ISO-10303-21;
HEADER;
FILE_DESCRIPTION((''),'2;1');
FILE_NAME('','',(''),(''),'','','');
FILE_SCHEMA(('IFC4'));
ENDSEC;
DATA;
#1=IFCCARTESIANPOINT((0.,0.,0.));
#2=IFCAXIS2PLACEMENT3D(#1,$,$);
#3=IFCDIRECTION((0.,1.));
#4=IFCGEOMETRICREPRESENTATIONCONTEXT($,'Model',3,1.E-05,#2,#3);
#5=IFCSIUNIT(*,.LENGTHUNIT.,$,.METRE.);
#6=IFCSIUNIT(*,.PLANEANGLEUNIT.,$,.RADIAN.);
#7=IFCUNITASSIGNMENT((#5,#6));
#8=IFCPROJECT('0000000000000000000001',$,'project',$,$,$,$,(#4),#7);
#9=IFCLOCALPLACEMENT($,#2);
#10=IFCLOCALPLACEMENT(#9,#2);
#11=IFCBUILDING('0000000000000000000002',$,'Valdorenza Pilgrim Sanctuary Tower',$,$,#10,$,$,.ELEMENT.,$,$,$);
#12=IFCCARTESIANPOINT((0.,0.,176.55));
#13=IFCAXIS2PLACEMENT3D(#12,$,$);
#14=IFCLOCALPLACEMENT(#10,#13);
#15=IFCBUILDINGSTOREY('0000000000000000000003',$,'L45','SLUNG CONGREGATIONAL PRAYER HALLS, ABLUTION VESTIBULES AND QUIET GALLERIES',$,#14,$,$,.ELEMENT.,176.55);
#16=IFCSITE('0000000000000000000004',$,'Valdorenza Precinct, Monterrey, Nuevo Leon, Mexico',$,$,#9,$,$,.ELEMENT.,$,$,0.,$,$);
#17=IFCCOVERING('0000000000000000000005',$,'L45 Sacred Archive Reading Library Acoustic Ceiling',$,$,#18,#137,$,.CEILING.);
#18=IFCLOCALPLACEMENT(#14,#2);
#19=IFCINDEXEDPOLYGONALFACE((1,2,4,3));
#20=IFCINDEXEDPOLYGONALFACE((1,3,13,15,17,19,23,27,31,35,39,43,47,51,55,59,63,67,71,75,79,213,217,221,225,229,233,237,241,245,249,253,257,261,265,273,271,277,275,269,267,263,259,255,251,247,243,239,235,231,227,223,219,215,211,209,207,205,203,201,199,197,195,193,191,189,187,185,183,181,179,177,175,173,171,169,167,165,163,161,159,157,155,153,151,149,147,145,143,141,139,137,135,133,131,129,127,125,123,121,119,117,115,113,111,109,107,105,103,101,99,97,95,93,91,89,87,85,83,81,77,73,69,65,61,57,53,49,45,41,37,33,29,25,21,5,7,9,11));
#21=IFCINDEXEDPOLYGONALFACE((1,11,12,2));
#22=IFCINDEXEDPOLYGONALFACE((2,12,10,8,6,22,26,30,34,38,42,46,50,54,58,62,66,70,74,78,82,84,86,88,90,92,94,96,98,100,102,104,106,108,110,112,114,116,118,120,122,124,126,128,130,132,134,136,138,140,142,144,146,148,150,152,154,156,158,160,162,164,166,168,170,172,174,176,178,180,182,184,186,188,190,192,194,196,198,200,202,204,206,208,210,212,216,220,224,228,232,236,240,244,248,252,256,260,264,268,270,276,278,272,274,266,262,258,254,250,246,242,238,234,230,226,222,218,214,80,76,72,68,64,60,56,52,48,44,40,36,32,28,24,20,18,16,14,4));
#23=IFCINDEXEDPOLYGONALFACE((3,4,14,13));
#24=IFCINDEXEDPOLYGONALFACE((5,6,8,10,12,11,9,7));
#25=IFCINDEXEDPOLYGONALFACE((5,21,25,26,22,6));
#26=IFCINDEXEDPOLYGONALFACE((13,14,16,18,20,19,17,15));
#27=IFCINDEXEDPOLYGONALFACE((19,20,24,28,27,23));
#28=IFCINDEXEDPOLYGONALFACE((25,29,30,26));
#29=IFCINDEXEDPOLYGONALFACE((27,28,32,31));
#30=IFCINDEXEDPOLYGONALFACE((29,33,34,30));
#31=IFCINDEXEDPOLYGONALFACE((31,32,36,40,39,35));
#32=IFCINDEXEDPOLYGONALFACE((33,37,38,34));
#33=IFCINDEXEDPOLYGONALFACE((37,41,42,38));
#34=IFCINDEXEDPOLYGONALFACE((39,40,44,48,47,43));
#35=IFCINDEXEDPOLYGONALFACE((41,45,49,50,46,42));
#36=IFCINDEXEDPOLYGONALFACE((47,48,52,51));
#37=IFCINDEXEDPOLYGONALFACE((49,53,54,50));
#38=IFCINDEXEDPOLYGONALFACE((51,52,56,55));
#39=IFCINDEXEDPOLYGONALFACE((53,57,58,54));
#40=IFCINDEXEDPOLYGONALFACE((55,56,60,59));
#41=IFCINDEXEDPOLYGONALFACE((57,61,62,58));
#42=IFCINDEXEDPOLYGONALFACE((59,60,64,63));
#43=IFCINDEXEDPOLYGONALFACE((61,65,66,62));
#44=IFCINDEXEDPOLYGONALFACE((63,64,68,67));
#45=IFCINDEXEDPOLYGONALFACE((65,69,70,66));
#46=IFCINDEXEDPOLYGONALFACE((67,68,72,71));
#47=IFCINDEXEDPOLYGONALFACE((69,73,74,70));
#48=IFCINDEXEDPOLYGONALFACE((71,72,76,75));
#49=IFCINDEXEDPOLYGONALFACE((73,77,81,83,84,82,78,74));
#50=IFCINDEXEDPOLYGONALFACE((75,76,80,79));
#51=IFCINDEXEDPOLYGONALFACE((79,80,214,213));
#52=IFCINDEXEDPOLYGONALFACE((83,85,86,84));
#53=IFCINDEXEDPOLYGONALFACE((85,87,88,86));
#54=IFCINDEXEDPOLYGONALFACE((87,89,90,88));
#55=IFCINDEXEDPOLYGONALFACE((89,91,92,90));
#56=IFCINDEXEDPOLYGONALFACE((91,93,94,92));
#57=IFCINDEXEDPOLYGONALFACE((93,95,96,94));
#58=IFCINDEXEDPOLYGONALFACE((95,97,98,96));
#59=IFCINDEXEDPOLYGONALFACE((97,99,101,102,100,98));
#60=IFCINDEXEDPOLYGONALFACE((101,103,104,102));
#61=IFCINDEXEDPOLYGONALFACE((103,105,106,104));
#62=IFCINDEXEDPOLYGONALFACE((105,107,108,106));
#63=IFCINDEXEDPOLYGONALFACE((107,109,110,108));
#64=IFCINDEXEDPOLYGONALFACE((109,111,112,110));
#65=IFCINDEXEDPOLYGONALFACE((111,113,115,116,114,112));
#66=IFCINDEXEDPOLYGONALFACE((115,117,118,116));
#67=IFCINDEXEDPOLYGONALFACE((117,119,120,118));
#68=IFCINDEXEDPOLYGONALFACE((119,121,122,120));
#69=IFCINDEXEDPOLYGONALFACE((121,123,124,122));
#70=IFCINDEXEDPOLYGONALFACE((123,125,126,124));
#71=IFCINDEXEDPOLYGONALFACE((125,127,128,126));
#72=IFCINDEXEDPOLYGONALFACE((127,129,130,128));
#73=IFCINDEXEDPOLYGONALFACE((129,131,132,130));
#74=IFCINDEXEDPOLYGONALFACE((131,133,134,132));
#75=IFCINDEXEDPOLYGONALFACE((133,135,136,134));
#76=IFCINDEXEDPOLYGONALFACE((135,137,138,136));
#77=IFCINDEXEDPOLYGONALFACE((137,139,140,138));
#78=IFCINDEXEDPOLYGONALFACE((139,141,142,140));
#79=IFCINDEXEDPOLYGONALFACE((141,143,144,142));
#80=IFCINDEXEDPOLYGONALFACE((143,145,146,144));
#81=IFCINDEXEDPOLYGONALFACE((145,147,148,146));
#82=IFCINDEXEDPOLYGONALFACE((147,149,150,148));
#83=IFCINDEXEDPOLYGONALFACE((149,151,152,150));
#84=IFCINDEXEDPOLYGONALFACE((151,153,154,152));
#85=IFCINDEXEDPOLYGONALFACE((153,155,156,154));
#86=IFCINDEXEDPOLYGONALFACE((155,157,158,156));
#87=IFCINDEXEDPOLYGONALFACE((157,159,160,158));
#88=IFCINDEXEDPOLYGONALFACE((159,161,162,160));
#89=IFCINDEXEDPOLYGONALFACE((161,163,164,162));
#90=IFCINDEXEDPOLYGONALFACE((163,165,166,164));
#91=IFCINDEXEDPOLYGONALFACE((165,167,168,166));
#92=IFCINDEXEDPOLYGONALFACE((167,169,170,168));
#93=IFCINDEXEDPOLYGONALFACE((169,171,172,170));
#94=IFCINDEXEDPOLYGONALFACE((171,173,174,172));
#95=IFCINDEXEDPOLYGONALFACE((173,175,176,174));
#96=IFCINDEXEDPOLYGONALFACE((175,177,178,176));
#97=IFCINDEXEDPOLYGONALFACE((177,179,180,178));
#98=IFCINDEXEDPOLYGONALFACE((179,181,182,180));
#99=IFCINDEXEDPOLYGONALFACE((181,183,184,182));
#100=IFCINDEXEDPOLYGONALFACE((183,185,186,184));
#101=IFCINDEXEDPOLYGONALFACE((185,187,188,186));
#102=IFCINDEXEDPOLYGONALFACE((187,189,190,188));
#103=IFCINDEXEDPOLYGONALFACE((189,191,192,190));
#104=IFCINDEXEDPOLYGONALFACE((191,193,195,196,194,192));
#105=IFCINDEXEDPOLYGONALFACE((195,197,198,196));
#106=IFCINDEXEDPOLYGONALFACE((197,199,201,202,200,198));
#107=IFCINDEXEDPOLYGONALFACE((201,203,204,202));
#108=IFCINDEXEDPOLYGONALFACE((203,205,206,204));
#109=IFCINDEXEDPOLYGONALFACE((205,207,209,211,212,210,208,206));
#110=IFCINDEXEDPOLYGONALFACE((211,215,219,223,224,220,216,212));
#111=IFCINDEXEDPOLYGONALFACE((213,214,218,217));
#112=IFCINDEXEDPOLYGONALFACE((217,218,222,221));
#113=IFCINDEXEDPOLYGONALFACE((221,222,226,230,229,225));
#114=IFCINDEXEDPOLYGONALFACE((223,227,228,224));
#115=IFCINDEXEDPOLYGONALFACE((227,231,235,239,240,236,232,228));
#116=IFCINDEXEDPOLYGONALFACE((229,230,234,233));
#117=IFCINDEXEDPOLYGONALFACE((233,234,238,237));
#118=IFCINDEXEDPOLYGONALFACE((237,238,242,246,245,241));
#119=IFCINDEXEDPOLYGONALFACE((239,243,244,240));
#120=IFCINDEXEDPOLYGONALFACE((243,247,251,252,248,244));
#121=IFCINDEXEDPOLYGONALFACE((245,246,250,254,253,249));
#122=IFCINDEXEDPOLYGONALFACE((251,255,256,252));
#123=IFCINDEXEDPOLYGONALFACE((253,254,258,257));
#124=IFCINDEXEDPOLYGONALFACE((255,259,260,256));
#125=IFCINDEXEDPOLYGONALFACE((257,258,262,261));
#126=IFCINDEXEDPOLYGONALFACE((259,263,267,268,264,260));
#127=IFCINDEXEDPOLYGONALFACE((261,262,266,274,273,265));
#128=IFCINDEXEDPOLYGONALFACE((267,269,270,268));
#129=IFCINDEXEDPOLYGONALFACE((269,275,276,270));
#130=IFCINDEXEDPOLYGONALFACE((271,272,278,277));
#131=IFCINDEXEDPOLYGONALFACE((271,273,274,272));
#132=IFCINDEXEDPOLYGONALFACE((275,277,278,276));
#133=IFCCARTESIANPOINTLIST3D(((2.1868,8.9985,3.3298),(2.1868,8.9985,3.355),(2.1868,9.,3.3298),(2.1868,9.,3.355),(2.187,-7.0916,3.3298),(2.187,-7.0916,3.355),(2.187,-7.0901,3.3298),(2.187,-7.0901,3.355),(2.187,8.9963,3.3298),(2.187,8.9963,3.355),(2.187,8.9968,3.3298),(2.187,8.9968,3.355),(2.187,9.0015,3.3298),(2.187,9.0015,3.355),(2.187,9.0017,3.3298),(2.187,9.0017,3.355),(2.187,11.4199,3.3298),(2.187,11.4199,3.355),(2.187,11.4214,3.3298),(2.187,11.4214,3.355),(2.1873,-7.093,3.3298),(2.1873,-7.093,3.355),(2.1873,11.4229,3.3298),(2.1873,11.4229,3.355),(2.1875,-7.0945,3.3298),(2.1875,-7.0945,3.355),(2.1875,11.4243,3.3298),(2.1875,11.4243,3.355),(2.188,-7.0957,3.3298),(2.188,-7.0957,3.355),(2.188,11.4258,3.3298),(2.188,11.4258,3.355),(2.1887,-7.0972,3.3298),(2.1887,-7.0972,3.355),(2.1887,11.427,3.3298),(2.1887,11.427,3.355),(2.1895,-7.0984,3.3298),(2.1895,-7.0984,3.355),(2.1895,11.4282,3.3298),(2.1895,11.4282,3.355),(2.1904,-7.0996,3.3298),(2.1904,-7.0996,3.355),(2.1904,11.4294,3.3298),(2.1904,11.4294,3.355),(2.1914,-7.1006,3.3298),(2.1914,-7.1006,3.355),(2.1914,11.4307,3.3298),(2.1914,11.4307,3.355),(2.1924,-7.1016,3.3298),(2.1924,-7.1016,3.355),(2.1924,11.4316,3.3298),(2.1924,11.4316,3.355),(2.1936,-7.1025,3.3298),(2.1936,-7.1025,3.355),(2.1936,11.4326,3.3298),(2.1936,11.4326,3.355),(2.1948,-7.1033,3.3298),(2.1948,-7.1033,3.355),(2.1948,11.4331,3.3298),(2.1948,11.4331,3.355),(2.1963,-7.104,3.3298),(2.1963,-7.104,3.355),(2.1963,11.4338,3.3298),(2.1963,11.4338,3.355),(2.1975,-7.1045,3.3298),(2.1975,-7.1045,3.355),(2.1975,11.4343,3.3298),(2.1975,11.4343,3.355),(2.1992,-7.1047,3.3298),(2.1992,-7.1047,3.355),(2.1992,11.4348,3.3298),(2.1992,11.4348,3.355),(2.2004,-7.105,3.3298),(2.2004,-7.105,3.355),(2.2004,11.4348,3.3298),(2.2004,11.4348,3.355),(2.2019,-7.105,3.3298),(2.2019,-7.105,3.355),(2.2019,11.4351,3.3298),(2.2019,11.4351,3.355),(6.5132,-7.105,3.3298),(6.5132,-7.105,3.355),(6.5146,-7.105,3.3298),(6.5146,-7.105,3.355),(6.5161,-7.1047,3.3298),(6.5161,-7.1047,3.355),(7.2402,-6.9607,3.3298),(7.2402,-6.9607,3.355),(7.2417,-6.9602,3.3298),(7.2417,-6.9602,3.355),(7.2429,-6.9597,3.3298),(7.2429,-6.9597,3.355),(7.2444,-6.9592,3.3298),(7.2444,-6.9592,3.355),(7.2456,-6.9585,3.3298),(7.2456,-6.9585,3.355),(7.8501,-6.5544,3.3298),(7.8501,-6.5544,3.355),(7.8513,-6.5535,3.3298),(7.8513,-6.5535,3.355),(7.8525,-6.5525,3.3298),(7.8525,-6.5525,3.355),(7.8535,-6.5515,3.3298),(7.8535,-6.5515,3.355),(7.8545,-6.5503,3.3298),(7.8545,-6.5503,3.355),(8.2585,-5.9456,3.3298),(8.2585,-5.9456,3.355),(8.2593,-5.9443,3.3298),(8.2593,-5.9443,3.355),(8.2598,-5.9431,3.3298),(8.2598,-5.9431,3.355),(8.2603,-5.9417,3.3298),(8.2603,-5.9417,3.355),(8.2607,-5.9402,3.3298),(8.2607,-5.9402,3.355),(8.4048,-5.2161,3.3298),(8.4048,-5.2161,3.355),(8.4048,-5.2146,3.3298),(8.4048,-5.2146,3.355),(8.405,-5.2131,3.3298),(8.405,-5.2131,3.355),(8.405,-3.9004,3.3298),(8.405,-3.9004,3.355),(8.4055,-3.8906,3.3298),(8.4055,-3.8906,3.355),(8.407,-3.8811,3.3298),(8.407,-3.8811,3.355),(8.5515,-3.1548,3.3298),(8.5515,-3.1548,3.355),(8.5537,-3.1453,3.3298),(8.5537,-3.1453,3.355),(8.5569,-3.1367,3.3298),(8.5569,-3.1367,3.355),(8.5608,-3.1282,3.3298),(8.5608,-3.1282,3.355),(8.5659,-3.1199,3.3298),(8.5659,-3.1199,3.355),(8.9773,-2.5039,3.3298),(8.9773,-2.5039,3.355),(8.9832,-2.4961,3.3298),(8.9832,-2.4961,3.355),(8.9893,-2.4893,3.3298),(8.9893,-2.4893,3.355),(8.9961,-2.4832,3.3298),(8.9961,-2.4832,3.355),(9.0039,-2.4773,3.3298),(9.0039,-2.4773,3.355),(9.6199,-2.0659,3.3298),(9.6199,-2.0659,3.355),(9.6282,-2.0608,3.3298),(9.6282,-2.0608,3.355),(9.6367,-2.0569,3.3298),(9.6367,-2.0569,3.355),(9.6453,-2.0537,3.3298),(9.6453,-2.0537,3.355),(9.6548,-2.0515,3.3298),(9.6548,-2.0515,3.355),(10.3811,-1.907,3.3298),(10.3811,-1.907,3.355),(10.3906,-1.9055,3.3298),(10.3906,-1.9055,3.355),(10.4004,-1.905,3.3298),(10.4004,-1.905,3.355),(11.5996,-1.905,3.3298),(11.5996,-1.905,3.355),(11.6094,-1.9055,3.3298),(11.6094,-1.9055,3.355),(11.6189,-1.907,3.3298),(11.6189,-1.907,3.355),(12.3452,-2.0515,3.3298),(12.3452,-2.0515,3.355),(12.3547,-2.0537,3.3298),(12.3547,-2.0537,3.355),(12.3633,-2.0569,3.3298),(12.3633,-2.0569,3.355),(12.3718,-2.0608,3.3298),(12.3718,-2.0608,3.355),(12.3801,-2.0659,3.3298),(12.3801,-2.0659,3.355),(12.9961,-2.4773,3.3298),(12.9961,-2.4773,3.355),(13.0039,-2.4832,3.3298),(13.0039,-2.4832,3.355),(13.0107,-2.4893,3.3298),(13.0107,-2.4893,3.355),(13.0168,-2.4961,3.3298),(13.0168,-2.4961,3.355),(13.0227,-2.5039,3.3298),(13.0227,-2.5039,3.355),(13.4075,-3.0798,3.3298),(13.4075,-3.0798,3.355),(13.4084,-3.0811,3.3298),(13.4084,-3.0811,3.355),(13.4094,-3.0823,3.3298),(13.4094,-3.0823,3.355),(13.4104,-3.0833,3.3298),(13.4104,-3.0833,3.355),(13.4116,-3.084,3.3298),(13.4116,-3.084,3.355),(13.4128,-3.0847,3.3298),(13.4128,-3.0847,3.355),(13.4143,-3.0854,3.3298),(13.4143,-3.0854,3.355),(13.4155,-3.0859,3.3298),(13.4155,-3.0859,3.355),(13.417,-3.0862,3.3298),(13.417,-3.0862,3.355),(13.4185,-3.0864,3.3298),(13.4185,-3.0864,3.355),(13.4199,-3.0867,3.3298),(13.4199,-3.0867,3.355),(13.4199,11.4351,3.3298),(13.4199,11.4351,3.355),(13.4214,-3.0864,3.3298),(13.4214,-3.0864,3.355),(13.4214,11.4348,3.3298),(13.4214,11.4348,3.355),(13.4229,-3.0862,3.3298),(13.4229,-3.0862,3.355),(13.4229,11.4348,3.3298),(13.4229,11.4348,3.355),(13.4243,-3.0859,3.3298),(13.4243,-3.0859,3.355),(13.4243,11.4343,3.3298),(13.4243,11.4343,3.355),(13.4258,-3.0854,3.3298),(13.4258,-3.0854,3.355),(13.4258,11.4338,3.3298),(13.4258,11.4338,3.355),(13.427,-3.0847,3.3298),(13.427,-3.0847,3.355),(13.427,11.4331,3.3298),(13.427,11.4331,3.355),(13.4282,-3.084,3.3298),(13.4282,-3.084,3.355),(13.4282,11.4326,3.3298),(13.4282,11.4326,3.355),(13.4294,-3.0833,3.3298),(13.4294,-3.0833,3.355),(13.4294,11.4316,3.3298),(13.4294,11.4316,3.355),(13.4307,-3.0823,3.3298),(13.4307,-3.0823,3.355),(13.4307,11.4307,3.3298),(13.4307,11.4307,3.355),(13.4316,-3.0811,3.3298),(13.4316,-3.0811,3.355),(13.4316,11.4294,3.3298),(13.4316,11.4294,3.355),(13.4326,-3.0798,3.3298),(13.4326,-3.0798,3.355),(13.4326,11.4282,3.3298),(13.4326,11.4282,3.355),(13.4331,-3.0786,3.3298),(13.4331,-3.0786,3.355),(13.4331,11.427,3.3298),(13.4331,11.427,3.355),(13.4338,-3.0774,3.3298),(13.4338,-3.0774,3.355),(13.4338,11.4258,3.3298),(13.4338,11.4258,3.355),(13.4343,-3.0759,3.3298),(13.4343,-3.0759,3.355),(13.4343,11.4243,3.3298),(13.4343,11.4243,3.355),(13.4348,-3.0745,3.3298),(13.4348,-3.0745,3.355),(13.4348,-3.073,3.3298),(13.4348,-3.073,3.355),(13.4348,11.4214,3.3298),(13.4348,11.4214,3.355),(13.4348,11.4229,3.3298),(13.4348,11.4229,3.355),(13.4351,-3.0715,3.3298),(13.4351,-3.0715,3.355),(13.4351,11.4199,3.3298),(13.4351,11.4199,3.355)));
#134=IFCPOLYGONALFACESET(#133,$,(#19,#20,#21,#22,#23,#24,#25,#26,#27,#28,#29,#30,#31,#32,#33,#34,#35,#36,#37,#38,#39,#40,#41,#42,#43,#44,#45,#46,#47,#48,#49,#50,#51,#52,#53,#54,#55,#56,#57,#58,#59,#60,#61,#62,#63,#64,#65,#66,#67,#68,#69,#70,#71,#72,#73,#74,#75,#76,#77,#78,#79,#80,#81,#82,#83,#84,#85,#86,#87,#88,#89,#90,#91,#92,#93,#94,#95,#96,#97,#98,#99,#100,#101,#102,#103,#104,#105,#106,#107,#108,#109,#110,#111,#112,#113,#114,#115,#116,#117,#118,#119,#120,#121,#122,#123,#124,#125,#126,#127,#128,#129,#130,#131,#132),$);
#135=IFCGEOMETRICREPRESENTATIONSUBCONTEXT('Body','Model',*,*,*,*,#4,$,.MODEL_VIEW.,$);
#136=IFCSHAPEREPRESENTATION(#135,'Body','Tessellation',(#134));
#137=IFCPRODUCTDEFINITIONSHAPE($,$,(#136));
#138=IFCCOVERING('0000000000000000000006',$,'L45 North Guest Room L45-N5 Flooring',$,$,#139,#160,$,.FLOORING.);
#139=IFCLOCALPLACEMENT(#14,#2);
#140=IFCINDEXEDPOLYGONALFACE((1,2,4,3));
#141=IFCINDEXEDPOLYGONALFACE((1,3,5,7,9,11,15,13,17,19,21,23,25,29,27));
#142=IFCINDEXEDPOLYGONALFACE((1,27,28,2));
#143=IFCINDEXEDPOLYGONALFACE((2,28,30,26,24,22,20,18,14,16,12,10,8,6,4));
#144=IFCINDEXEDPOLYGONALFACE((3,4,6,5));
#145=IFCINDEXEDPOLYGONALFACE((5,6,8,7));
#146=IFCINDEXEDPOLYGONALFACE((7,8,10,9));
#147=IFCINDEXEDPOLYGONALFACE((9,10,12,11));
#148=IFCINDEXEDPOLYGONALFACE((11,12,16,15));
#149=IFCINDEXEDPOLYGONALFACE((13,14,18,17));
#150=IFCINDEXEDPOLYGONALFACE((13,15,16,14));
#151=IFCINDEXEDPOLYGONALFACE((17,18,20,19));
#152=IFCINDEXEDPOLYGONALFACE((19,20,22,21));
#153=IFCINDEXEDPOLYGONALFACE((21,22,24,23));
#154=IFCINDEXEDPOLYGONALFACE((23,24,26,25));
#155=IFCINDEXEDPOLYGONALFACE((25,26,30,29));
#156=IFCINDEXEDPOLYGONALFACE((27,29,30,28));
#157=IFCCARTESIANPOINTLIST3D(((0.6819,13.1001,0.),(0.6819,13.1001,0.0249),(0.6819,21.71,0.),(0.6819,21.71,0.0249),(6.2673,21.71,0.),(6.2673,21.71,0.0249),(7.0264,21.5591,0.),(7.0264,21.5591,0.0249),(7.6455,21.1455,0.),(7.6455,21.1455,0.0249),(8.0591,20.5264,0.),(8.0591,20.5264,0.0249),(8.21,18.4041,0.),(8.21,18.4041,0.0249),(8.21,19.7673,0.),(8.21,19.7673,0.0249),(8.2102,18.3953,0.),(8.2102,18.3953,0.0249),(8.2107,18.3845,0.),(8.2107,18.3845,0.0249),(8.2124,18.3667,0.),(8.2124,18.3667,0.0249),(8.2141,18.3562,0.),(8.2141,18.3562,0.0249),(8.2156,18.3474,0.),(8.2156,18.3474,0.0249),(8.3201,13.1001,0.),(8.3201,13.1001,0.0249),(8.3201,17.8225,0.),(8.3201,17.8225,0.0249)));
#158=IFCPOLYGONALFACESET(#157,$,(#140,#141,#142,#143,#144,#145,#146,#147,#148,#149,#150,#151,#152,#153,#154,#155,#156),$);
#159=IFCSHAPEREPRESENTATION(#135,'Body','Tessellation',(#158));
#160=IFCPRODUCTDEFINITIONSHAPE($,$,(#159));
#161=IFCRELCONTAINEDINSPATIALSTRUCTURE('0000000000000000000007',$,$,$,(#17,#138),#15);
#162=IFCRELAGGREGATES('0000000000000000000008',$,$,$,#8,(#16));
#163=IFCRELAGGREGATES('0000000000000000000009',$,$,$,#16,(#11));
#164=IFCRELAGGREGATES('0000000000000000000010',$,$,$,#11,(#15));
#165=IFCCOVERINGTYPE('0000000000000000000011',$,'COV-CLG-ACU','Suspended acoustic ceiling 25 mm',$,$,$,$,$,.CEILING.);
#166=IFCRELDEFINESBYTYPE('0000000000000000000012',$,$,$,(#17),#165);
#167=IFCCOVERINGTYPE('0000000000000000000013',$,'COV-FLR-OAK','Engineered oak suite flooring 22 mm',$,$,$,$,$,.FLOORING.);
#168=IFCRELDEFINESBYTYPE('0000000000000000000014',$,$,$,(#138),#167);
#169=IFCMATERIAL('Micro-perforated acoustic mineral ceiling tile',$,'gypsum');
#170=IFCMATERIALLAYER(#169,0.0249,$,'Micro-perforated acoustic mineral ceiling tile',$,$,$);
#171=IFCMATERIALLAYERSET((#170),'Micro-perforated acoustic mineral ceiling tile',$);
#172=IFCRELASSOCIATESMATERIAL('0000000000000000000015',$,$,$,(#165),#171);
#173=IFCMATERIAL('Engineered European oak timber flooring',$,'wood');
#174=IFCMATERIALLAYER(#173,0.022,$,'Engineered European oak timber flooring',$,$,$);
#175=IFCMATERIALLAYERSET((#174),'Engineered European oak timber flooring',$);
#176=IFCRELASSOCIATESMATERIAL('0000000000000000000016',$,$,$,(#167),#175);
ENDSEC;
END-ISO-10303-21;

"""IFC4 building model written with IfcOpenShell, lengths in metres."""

from ifc_helpers import new_model, si_unit, direction, frame, origin, place, context, subcontext, project, spatial, polyline, outline, extrude, material, layer, layer_set, type_object, element, save


model = new_model("IFC4")

# Units and contexts
model_context = context("Model", 3, precision=1e-05, world=origin(), true_north=direction((0.0, 1.0)))
body_context = subcontext(model_context, "Body", "Model", "MODEL_VIEW")
ifc_project = project(units=[si_unit("LENGTHUNIT", "METRE"), si_unit("PLANEANGLEUNIT", "RADIAN")], contexts=[model_context])

# Site, building, storey
site_placement = place(None, origin())
site = spatial("IfcSite", under=ifc_project, at=site_placement, Name="Valdorenza Precinct, Monterrey, Nuevo Leon, Mexico", CompositionType="ELEMENT", RefElevation=0.0)
building_placement = place(site_placement, origin())
building = spatial("IfcBuilding", under=site, at=building_placement, Name="Valdorenza Pilgrim Sanctuary Tower", CompositionType="ELEMENT")
storey_placement = place(building_placement, frame((0.0, 0.0, 176.55)))
storey = spatial("IfcBuildingStorey", under=building, at=storey_placement, Name="L45", Description="SLUNG CONGREGATIONAL PRAYER HALLS, ABLUTION VESTIBULES AND QUIET GALLERIES", CompositionType="ELEMENT", Elevation=176.55)

# Coverings
ifc_material_1 = material(Name="Micro-perforated acoustic mineral ceiling tile", Category="gypsum")
ifc_layer_1 = layer(ifc_material_1, 0.0249, Name="Micro-perforated acoustic mineral ceiling tile")
ifc_layer_set_1 = layer_set([ifc_layer_1], Name="Micro-perforated acoustic mineral ceiling tile")
covering_type_1 = type_object("IfcCoveringType", Name="COV-CLG-ACU", Description="Suspended acoustic ceiling 25 mm", PredefinedType="CEILING", material=ifc_layer_set_1)
covering_1_placement = place(storey_placement, frame((0.0, 0.0, 3.3298)))
element("IfcCovering", 1, at=covering_1_placement, inside=storey, type_object=covering_type_1, Name="L45 Sacred Archive Reading Library Acoustic Ceiling", PredefinedType="CEILING", context=body_context, shape_type="SweptSolid", body=[
    extrude(outline(polyline([(2.187, 8.9963), (2.187, 8.9968), (2.1868, 8.9985), (2.1868, 9.0), (2.187, 9.0015), (2.187, 9.0017), (2.187, 11.4199), (2.187, 11.4214), (2.1873, 11.4229), (2.1875, 11.4243), (2.188, 11.4258), (2.1887, 11.427), (2.1895, 11.4282), (2.1904, 11.4294), (2.1914, 11.4307), (2.1924, 11.4316), (2.1936, 11.4326), (2.1948, 11.4331), (2.1963, 11.4338), (2.1975, 11.4343), (2.1992, 11.4348), (2.2004, 11.4348), (2.2019, 11.4351), (13.4199, 11.4351), (13.4214, 11.4348), (13.4229, 11.4348), (13.4243, 11.4343), (13.4258, 11.4338), (13.427, 11.4331), (13.4282, 11.4326), (13.4294, 11.4316), (13.4307, 11.4307), (13.4316, 11.4294), (13.4326, 11.4282), (13.4331, 11.427), (13.4338, 11.4258), (13.4343, 11.4243), (13.4348, 11.4229), (13.4348, 11.4214), (13.4351, 11.4199), (13.4351, -3.0715), (13.4348, -3.073), (13.4348, -3.0745), (13.4343, -3.0759), (13.4338, -3.0774), (13.4331, -3.0786), (13.4326, -3.0798), (13.4316, -3.0811), (13.4307, -3.0823), (13.4294, -3.0833), (13.4282, -3.084), (13.427, -3.0847), (13.4258, -3.0854), (13.4243, -3.0859), (13.4229, -3.0862), (13.4214, -3.0864), (13.4199, -3.0867), (13.4185, -3.0864), (13.417, -3.0862), (13.4155, -3.0859), (13.4143, -3.0854), (13.4128, -3.0847), (13.4116, -3.084), (13.4104, -3.0833), (13.4094, -3.0823), (13.4084, -3.0811), (13.4075, -3.0798), (13.0227, -2.5039), (13.0168, -2.4961), (13.0107, -2.4893), (13.0039, -2.4832), (12.9961, -2.4773), (12.3801, -2.0659), (12.3718, -2.0608), (12.3633, -2.0569), (12.3547, -2.0537), (12.3452, -2.0515), (11.6189, -1.907), (11.6094, -1.9055), (11.5996, -1.905), (10.4004, -1.905), (10.3906, -1.9055), (10.3811, -1.907), (9.6548, -2.0515), (9.6453, -2.0537), (9.6367, -2.0569), (9.6282, -2.0608), (9.6199, -2.0659), (9.0039, -2.4773), (8.9961, -2.4832), (8.9893, -2.4893), (8.9832, -2.4961), (8.9773, -2.5039), (8.5659, -3.1199), (8.5608, -3.1282), (8.5569, -3.1367), (8.5537, -3.1453), (8.5515, -3.1548), (8.407, -3.8811), (8.4055, -3.8906), (8.405, -3.9004), (8.405, -5.2131), (8.4048, -5.2146), (8.4048, -5.2161), (8.2607, -5.9402), (8.2603, -5.9417), (8.2598, -5.9431), (8.2593, -5.9443), (8.2585, -5.9456), (7.8545, -6.5503), (7.8535, -6.5515), (7.8525, -6.5525), (7.8513, -6.5535), (7.8501, -6.5544), (7.2456, -6.9585), (7.2444, -6.9592), (7.2429, -6.9597), (7.2417, -6.9602), (7.2402, -6.9607), (6.5161, -7.1047), (6.5146, -7.105), (6.5132, -7.105), (2.2019, -7.105), (2.2004, -7.105), (2.1992, -7.1047), (2.1975, -7.1045), (2.1963, -7.104), (2.1948, -7.1033), (2.1936, -7.1025), (2.1924, -7.1016), (2.1914, -7.1006), (2.1904, -7.0996), (2.1895, -7.0984), (2.1887, -7.0972), (2.188, -7.0957), (2.1875, -7.0945), (2.1873, -7.093), (2.187, -7.0916), (2.187, -7.0901), (2.187, 8.9963)])), origin(), (0.0, 0.0, 1.0), 0.0251),
])
ifc_material_2 = material(Name="Engineered European oak timber flooring", Category="wood")
ifc_layer_2 = layer(ifc_material_2, 0.022, Name="Engineered European oak timber flooring")
ifc_layer_set_2 = layer_set([ifc_layer_2], Name="Engineered European oak timber flooring")
covering_type_2 = type_object("IfcCoveringType", Name="COV-FLR-OAK", Description="Engineered oak suite flooring 22 mm", PredefinedType="FLOORING", material=ifc_layer_set_2)
covering_2_placement = place(storey_placement, origin())
element("IfcCovering", 2, at=covering_2_placement, inside=storey, type_object=covering_type_2, Name="L45 North Guest Room L45-N5 Flooring", PredefinedType="FLOORING", context=body_context, shape_type="SweptSolid", body=[
    extrude(outline(polyline([(6.2673, 21.71), (7.0264, 21.5591), (7.6455, 21.1455), (8.0591, 20.5264), (8.21, 19.7673), (8.21, 18.4041), (8.2102, 18.3953), (8.2107, 18.3845), (8.2124, 18.3667), (8.2141, 18.3562), (8.2156, 18.3474), (8.3201, 17.8225), (8.3201, 13.1001), (0.6819, 13.1001), (0.6819, 21.71), (6.2673, 21.71)])), origin(), (0.0, 0.0, 1.0), 0.0249),
])

save(model, "model.ifc")
